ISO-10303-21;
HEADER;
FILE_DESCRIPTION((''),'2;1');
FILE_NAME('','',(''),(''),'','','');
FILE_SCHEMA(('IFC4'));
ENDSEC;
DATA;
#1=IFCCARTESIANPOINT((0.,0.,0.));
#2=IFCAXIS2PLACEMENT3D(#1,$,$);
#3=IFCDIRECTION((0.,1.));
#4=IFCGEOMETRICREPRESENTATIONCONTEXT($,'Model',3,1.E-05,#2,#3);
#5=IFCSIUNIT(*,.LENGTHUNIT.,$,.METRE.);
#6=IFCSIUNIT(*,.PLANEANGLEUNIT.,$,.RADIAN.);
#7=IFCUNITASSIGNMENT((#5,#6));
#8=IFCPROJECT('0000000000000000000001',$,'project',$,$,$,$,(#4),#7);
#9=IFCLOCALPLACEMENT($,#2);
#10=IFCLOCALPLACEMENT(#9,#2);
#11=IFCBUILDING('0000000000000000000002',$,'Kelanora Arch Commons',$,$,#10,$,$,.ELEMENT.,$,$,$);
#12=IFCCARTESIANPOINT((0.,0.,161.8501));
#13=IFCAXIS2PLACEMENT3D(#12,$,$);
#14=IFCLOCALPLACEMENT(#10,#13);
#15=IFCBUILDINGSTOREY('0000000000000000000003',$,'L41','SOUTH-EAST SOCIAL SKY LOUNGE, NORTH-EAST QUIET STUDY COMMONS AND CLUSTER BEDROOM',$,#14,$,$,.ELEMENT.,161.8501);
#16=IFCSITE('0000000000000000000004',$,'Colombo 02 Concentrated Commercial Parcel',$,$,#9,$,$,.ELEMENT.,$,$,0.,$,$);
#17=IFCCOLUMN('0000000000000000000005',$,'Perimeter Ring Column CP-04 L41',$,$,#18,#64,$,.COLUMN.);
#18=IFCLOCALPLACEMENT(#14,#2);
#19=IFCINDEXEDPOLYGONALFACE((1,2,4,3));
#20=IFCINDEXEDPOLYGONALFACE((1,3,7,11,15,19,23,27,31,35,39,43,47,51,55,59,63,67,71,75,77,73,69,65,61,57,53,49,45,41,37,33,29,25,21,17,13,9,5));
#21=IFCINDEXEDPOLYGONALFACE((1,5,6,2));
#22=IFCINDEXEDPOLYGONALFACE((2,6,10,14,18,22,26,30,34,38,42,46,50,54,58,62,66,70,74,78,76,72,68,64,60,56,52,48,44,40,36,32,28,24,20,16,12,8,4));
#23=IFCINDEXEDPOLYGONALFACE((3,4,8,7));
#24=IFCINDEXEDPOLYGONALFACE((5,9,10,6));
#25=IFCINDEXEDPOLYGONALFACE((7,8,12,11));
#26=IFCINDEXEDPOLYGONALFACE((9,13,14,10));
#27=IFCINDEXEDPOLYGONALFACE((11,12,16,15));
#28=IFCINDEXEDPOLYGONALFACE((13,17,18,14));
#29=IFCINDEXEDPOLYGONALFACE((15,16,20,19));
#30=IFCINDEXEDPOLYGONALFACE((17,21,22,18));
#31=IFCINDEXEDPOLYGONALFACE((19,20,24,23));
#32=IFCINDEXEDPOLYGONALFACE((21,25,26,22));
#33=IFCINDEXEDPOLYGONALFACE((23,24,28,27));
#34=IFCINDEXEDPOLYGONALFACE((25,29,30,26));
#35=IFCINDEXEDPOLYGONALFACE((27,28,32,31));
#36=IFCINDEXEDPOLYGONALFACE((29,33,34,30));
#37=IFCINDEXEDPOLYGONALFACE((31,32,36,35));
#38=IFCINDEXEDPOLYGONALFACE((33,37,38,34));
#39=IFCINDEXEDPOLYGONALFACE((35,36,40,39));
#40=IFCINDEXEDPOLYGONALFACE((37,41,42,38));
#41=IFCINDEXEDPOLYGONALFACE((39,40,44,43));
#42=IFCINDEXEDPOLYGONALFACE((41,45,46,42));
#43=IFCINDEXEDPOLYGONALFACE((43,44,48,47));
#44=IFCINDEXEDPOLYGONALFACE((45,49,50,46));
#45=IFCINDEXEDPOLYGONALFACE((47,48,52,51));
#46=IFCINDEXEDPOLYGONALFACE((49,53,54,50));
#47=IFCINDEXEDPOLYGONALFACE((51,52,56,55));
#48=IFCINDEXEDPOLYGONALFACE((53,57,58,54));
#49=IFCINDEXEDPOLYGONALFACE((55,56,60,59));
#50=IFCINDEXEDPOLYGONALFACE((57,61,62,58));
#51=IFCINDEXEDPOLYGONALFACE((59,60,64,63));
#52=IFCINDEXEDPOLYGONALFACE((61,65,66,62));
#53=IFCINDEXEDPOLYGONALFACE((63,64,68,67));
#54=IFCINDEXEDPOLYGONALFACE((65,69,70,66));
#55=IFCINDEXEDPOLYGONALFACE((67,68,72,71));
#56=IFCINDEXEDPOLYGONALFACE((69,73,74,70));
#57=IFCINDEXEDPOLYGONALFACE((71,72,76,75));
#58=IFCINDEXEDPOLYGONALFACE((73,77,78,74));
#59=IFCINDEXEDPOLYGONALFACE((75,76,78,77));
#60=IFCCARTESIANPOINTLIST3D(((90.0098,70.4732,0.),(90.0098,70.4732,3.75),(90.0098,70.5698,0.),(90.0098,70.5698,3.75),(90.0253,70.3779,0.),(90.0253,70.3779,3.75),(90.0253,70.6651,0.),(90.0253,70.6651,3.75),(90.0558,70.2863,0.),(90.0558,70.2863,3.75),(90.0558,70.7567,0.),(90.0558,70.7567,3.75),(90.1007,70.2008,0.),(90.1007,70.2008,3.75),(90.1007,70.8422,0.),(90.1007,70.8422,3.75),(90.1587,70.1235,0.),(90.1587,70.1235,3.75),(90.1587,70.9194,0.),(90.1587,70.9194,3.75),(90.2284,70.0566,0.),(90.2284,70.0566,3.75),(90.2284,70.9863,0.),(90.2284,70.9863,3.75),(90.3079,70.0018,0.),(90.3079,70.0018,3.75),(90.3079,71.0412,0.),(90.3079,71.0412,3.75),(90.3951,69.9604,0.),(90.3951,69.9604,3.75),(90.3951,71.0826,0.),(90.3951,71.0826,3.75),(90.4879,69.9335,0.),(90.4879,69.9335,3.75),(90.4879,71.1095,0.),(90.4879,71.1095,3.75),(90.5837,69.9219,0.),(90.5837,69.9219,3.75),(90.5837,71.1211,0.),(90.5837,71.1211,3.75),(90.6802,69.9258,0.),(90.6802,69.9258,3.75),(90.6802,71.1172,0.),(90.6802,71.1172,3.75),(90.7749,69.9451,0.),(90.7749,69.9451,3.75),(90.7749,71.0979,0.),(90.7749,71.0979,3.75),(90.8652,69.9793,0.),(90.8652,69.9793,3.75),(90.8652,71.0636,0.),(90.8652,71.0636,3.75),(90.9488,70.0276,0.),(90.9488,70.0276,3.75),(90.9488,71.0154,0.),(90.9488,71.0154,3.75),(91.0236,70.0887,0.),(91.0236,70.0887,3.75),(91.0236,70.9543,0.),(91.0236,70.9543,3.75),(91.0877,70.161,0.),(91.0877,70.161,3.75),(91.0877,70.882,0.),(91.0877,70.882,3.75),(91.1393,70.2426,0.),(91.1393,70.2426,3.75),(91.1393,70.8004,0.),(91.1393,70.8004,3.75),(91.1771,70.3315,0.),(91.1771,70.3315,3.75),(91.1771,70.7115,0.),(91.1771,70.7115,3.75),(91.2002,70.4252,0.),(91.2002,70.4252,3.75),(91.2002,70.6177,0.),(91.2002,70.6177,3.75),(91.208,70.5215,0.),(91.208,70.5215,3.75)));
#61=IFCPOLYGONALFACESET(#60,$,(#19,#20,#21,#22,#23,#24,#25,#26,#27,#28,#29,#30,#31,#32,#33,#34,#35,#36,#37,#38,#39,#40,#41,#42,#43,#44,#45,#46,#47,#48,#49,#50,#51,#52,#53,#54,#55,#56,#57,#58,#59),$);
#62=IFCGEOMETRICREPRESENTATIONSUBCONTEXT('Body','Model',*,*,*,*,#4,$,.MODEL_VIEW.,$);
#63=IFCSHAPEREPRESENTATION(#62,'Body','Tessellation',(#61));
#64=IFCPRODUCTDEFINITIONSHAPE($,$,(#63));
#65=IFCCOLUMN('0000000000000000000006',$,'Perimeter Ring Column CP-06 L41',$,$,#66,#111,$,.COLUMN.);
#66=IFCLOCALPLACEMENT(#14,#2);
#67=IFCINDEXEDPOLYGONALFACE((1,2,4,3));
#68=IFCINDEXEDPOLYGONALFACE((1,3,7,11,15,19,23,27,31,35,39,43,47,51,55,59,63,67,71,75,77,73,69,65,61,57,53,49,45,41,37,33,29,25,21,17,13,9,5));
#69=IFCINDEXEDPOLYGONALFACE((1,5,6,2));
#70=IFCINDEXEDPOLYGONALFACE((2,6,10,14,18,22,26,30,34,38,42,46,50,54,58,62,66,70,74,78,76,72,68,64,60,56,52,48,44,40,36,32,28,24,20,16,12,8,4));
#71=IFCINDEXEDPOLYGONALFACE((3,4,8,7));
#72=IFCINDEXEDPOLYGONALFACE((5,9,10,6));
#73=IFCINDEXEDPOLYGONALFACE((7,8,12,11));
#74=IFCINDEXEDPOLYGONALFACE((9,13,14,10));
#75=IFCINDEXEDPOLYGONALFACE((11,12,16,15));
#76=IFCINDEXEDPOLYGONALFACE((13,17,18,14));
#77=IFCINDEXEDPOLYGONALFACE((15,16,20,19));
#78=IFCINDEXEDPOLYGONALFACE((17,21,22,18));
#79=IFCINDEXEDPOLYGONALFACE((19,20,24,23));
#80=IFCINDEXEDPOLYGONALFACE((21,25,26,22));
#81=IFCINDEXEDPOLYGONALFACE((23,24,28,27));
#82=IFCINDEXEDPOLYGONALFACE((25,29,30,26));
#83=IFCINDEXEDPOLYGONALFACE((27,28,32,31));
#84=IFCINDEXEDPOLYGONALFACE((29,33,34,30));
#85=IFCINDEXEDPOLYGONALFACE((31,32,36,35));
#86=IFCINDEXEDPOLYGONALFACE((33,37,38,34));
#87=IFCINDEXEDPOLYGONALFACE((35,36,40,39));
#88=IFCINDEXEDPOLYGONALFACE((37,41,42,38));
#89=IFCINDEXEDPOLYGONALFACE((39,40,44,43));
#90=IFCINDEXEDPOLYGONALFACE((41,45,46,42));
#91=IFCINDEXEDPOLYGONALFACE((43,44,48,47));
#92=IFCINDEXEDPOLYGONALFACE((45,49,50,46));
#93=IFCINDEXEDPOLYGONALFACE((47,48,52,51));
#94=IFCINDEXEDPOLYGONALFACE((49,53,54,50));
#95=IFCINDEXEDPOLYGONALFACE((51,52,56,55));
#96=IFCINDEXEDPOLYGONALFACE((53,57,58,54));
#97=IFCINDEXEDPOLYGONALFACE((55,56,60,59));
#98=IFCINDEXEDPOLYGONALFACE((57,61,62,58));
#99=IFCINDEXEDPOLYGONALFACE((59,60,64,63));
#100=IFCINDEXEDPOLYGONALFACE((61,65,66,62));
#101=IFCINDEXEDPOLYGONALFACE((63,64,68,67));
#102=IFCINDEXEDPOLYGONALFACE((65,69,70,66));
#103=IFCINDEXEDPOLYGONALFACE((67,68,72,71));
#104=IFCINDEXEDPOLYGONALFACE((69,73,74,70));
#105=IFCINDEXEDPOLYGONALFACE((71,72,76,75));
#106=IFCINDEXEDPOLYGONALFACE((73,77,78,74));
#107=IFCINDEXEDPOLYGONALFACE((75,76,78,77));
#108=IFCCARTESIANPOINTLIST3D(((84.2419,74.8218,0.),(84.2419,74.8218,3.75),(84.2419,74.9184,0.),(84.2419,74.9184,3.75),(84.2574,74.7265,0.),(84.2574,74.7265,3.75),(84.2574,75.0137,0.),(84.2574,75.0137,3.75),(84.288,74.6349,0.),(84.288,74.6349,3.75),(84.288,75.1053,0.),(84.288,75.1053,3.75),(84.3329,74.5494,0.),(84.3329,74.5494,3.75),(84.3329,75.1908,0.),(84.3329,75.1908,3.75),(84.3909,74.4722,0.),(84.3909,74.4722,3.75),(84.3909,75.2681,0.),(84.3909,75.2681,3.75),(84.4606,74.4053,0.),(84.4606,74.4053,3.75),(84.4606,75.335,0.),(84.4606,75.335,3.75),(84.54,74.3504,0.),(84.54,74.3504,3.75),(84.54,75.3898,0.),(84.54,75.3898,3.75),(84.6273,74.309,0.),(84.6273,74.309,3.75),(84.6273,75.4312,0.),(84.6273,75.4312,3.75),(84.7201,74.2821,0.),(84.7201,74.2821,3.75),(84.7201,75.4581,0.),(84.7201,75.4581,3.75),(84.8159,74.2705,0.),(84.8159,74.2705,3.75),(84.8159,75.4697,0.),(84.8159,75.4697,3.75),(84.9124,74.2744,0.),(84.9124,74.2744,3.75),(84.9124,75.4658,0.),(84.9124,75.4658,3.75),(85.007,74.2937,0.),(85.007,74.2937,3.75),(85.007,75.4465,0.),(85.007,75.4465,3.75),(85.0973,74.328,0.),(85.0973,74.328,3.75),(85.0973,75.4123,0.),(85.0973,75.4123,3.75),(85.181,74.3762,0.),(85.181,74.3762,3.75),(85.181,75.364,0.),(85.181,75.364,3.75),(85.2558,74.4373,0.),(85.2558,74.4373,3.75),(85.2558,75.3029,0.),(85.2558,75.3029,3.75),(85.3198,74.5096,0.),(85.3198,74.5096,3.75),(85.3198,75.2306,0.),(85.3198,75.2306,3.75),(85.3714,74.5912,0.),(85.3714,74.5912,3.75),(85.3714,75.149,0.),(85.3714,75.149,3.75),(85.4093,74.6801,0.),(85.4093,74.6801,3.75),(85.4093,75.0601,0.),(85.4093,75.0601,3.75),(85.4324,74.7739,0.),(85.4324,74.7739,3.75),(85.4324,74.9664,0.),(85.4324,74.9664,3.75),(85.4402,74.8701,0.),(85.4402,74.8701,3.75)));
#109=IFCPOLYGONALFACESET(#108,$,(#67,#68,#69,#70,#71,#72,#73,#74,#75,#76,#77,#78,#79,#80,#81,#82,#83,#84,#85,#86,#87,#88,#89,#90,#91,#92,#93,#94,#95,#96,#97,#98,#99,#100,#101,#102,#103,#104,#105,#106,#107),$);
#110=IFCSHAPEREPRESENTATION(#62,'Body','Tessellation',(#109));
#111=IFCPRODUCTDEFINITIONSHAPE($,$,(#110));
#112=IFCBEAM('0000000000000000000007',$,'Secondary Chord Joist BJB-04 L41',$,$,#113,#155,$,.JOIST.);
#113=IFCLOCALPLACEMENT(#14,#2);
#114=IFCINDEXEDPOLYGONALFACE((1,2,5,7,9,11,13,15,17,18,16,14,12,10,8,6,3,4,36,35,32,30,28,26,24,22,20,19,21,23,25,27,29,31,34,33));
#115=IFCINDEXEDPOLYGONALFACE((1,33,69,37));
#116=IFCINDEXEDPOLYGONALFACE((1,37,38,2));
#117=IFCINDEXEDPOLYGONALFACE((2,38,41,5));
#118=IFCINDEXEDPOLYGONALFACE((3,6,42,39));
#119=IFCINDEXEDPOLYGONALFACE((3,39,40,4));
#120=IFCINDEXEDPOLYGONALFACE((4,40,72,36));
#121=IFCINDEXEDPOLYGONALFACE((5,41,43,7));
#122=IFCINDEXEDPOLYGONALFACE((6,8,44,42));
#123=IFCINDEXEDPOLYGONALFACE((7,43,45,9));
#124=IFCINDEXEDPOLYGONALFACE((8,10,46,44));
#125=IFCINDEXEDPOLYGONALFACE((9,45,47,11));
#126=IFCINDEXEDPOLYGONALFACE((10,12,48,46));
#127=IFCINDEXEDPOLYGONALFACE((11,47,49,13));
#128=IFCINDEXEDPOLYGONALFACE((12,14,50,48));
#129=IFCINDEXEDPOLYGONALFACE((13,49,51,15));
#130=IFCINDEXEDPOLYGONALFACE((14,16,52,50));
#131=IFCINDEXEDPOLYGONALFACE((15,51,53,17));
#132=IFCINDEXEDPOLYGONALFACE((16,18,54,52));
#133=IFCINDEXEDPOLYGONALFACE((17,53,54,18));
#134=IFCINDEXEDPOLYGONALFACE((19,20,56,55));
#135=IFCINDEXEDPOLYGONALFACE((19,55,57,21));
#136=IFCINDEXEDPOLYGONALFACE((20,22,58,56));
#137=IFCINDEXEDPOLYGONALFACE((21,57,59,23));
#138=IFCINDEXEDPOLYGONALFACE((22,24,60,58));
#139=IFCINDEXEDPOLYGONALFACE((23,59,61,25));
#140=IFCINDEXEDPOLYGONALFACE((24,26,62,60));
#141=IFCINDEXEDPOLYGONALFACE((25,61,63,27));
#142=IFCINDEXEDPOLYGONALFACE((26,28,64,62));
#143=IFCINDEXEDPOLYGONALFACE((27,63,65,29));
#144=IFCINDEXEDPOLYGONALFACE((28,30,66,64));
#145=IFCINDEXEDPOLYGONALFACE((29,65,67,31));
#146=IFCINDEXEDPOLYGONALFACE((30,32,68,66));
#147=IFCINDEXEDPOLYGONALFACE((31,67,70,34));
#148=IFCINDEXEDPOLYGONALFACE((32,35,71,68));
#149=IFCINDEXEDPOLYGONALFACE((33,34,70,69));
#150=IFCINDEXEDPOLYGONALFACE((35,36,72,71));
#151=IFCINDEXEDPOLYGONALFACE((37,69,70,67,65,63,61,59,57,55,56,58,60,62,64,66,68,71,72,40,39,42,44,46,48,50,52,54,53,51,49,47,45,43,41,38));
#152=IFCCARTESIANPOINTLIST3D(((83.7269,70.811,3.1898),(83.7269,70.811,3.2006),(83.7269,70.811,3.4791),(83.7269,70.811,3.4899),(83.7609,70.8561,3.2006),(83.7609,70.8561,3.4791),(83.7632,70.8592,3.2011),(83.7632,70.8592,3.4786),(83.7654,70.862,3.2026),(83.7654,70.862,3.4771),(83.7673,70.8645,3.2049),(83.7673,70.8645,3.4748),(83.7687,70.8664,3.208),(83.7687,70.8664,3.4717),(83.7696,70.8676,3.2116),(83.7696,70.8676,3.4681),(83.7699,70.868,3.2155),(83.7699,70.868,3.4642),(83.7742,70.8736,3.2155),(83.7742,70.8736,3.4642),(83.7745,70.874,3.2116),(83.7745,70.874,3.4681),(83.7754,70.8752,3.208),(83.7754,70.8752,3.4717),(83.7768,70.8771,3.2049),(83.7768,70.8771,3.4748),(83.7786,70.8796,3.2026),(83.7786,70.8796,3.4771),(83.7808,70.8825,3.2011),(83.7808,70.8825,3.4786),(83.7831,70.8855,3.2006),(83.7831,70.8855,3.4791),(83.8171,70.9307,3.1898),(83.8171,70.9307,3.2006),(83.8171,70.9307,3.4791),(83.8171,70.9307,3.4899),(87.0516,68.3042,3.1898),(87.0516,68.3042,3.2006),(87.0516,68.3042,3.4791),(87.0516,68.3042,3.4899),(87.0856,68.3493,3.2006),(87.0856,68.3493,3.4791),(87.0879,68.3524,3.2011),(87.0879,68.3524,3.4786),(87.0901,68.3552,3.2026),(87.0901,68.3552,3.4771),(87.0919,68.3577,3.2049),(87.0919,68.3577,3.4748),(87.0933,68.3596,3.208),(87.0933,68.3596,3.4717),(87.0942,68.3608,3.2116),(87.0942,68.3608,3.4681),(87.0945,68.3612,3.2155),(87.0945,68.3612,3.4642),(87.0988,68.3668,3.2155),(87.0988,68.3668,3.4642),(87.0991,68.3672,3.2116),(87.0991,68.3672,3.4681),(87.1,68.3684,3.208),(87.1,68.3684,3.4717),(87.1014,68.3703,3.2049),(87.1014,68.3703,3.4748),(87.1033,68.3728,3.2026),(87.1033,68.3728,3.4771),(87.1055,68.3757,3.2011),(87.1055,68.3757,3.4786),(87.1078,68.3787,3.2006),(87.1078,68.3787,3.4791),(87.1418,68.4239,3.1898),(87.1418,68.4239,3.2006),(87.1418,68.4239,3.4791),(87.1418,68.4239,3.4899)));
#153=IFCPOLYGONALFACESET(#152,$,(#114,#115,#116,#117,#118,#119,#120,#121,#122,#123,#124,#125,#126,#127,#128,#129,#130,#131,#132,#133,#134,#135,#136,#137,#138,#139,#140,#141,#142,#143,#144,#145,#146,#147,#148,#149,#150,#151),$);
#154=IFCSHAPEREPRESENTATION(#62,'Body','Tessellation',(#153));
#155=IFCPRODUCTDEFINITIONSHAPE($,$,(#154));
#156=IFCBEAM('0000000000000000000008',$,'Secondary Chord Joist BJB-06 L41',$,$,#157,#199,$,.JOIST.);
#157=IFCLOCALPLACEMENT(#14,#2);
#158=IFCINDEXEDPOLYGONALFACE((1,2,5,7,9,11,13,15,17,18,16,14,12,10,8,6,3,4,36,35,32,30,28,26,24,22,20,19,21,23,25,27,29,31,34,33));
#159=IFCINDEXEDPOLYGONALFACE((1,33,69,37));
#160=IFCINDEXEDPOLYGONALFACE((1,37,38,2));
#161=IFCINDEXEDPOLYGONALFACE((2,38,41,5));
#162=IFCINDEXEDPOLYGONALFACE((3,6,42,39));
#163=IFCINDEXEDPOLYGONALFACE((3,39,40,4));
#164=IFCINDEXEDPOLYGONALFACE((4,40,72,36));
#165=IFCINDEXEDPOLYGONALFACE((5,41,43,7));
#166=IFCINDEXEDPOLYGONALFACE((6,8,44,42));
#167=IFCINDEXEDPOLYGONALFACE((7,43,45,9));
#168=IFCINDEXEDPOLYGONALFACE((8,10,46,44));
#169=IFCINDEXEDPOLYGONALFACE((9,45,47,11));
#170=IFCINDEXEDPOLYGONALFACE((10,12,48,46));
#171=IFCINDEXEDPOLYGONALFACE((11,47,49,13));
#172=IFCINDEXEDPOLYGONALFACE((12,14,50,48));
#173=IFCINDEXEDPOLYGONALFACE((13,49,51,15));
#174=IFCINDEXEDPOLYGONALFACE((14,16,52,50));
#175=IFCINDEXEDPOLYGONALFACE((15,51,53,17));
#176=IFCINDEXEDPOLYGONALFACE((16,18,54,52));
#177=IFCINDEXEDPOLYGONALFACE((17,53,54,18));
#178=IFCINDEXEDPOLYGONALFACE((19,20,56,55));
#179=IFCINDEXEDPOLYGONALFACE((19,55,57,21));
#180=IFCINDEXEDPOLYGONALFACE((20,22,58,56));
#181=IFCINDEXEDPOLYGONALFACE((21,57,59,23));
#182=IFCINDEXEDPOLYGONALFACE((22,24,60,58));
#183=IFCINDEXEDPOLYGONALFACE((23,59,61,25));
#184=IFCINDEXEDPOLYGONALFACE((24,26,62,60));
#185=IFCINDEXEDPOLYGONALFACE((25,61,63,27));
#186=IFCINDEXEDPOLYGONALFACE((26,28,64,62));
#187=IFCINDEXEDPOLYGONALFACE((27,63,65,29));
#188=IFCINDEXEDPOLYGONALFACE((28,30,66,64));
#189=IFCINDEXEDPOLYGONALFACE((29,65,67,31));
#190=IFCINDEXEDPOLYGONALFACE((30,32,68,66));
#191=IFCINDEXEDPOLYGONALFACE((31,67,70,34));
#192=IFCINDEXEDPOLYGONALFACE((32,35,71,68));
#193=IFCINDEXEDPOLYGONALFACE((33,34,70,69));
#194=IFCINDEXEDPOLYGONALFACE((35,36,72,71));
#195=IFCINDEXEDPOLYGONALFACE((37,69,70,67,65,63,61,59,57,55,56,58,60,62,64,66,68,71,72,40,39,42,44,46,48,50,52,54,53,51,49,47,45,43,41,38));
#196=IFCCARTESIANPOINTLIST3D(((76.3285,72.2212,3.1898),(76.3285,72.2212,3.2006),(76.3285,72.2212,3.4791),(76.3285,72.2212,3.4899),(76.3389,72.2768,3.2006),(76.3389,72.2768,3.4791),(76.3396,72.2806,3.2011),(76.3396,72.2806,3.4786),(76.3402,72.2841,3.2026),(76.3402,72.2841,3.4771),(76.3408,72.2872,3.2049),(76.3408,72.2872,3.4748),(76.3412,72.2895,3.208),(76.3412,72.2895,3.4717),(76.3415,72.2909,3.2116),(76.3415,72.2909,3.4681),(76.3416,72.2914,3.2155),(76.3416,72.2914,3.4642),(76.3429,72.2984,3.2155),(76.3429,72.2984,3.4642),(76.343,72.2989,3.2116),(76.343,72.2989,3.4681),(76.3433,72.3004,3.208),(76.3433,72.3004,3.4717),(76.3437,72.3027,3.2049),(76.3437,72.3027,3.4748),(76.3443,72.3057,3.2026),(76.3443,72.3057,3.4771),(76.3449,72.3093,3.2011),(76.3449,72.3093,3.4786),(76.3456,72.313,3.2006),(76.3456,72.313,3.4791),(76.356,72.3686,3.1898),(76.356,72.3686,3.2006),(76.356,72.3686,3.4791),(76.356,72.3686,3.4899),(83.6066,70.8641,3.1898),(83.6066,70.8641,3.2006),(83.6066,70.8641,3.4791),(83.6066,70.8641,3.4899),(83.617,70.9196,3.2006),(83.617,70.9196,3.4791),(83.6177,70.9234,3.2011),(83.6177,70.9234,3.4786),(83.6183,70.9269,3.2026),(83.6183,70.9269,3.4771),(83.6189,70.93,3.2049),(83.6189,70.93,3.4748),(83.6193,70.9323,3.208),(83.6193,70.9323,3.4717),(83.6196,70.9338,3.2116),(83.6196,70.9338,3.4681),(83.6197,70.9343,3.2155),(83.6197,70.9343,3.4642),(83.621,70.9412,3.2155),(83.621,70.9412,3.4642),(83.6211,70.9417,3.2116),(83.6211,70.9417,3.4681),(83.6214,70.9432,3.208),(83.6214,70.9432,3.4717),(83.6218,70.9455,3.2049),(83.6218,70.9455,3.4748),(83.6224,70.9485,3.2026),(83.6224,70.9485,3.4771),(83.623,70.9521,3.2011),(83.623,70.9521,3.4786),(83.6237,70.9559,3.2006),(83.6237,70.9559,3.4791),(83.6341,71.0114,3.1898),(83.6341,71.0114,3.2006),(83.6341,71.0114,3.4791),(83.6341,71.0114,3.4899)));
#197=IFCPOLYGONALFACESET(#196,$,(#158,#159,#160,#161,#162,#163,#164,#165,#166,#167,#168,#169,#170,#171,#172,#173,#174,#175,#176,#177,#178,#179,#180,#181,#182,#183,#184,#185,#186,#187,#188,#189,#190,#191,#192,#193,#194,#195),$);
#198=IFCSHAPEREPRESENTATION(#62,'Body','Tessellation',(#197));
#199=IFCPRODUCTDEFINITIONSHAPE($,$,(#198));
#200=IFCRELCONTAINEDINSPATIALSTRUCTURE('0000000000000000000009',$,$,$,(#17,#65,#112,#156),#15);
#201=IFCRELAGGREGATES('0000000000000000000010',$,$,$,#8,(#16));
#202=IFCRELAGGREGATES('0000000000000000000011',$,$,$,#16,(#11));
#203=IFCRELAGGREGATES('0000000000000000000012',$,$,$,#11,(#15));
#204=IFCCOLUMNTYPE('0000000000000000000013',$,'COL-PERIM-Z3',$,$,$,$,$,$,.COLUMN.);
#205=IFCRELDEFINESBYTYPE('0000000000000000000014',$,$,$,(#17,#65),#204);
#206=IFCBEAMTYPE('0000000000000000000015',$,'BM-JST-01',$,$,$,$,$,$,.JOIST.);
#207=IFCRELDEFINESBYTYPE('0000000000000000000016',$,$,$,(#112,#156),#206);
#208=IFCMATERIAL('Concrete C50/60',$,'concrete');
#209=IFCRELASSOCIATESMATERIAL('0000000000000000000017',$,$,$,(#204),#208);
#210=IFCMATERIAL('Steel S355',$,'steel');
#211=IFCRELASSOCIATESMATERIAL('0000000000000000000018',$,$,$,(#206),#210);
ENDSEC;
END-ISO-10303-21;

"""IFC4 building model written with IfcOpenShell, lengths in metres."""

from ifc_helpers import new_model, si_unit, direction, frame, origin, origin_2d, place, context, subcontext, project, spatial, circle, i_section, extrude, material, material_profile, profile_set, type_object, element, save


model = new_model("IFC4")

# Units and contexts
model_context = context("Model", 3, precision=1e-05, world=origin(), true_north=direction((0.0, 1.0)))
body_context = subcontext(model_context, "Body", "Model", "MODEL_VIEW")
ifc_project = project(units=[si_unit("LENGTHUNIT", "METRE"), si_unit("PLANEANGLEUNIT", "RADIAN")], contexts=[model_context])

# Site, building, storey
site_placement = place(None, origin())
site = spatial("IfcSite", under=ifc_project, at=site_placement, Name="Colombo 02 Concentrated Commercial Parcel", CompositionType="ELEMENT", RefElevation=0.0)
building_placement = place(site_placement, origin())
building = spatial("IfcBuilding", under=site, at=building_placement, Name="Kelanora Arch Commons", CompositionType="ELEMENT")
storey_placement = place(building_placement, frame((0.0, 0.0, 161.8501)))
storey = spatial("IfcBuildingStorey", under=building, at=storey_placement, Name="L41", Description="SOUTH-EAST SOCIAL SKY LOUNGE, NORTH-EAST QUIET STUDY COMMONS AND CLUSTER BEDROOM", CompositionType="ELEMENT", Elevation=161.8501)

# Columns
ifc_material_1 = material(Name="Concrete C50/60", Category="concrete")
ifc_material_profile_1 = material_profile(ifc_material_1, circle(Radius=0.6001, at=origin_2d()), Name="RCC1200")
ifc_profile_set_1 = profile_set([ifc_material_profile_1], Name="Concrete C50/60")
column_type = type_object("IfcColumnType", Name="COL-PERIM-Z3", PredefinedType="COLUMN", material=ifc_profile_set_1)
for number, where, z_axis, x_axis, name in (
    (1, (90.6079, 70.5215, 0.0), (0.0, 0.0, 1.0), (1.0, 0.0, 0.0), "Perimeter Ring Column CP-04 L41"),
    (2, (84.8401, 74.8701, 0.0), (0.0, 0.0, 1.0), (1.0, 0.0, 0.0), "Perimeter Ring Column CP-06 L41"),
):
    element("IfcColumn", number, at=place(storey_placement, frame(where, z_axis=z_axis, x_axis=x_axis)), inside=storey, type_object=column_type, Name=name, PredefinedType="COLUMN", context=body_context, shape_type="SweptSolid", body=[
        extrude(circle(Radius=0.6001, at=origin_2d()), origin(), (0.0, 0.0, 1.0), 3.75),
    ])

# Beams
ifc_material_2 = material(Name="Steel S355", Category="steel")
ifc_material_profile_2 = material_profile(ifc_material_2, i_section(OverallWidth=0.1499, OverallDepth=0.3, WebThickness=0.0071, FlangeThickness=0.0107, FilletRadius=0.0149, at=origin_2d()), Name="IPE300")
ifc_profile_set_2 = profile_set([ifc_material_profile_2], Name="Steel S355")
beam_type_1 = type_object("IfcBeamType", Name="BM-JST-01", PredefinedType="JOIST", material=ifc_profile_set_2)
beam_1_placement = place(storey_placement, frame((87.0967, 68.364, 3.3398), z_axis=(-0.798464, 0.602043, 0.0), x_axis=(-0.602043, -0.798464, 0.0)))
element("IfcBeam", 3, at=beam_1_placement, inside=storey, type_object=beam_type_1, Name="Secondary Chord Joist BJB-04 L41", PredefinedType="JOIST", context=body_context, shape_type="SweptSolid", body=[
    extrude(i_section(OverallWidth=0.1499, OverallDepth=0.3, WebThickness=0.0071, FlangeThickness=0.0107, FilletRadius=0.0149, at=origin_2d()), origin(), (0.0, 0.0, 1.0), 4.1638),
])
beam_2_placement = place(storey_placement, frame((83.6204, 70.9377, 3.3398), z_axis=(-0.983054, 0.183315, 0.0), x_axis=(-0.183315, -0.983054, 0.0)))
element("IfcBeam", 4, at=beam_2_placement, inside=storey, type_object=beam_type_1, Name="Secondary Chord Joist BJB-06 L41", PredefinedType="JOIST", context=body_context, shape_type="SweptSolid", body=[
    extrude(i_section(OverallWidth=0.1499, OverallDepth=0.3, WebThickness=0.0071, FlangeThickness=0.0107, FilletRadius=0.0149, at=origin_2d()), origin(), (0.0, 0.0, 1.0), 7.4036),
])

save(model, "model.ifc")
